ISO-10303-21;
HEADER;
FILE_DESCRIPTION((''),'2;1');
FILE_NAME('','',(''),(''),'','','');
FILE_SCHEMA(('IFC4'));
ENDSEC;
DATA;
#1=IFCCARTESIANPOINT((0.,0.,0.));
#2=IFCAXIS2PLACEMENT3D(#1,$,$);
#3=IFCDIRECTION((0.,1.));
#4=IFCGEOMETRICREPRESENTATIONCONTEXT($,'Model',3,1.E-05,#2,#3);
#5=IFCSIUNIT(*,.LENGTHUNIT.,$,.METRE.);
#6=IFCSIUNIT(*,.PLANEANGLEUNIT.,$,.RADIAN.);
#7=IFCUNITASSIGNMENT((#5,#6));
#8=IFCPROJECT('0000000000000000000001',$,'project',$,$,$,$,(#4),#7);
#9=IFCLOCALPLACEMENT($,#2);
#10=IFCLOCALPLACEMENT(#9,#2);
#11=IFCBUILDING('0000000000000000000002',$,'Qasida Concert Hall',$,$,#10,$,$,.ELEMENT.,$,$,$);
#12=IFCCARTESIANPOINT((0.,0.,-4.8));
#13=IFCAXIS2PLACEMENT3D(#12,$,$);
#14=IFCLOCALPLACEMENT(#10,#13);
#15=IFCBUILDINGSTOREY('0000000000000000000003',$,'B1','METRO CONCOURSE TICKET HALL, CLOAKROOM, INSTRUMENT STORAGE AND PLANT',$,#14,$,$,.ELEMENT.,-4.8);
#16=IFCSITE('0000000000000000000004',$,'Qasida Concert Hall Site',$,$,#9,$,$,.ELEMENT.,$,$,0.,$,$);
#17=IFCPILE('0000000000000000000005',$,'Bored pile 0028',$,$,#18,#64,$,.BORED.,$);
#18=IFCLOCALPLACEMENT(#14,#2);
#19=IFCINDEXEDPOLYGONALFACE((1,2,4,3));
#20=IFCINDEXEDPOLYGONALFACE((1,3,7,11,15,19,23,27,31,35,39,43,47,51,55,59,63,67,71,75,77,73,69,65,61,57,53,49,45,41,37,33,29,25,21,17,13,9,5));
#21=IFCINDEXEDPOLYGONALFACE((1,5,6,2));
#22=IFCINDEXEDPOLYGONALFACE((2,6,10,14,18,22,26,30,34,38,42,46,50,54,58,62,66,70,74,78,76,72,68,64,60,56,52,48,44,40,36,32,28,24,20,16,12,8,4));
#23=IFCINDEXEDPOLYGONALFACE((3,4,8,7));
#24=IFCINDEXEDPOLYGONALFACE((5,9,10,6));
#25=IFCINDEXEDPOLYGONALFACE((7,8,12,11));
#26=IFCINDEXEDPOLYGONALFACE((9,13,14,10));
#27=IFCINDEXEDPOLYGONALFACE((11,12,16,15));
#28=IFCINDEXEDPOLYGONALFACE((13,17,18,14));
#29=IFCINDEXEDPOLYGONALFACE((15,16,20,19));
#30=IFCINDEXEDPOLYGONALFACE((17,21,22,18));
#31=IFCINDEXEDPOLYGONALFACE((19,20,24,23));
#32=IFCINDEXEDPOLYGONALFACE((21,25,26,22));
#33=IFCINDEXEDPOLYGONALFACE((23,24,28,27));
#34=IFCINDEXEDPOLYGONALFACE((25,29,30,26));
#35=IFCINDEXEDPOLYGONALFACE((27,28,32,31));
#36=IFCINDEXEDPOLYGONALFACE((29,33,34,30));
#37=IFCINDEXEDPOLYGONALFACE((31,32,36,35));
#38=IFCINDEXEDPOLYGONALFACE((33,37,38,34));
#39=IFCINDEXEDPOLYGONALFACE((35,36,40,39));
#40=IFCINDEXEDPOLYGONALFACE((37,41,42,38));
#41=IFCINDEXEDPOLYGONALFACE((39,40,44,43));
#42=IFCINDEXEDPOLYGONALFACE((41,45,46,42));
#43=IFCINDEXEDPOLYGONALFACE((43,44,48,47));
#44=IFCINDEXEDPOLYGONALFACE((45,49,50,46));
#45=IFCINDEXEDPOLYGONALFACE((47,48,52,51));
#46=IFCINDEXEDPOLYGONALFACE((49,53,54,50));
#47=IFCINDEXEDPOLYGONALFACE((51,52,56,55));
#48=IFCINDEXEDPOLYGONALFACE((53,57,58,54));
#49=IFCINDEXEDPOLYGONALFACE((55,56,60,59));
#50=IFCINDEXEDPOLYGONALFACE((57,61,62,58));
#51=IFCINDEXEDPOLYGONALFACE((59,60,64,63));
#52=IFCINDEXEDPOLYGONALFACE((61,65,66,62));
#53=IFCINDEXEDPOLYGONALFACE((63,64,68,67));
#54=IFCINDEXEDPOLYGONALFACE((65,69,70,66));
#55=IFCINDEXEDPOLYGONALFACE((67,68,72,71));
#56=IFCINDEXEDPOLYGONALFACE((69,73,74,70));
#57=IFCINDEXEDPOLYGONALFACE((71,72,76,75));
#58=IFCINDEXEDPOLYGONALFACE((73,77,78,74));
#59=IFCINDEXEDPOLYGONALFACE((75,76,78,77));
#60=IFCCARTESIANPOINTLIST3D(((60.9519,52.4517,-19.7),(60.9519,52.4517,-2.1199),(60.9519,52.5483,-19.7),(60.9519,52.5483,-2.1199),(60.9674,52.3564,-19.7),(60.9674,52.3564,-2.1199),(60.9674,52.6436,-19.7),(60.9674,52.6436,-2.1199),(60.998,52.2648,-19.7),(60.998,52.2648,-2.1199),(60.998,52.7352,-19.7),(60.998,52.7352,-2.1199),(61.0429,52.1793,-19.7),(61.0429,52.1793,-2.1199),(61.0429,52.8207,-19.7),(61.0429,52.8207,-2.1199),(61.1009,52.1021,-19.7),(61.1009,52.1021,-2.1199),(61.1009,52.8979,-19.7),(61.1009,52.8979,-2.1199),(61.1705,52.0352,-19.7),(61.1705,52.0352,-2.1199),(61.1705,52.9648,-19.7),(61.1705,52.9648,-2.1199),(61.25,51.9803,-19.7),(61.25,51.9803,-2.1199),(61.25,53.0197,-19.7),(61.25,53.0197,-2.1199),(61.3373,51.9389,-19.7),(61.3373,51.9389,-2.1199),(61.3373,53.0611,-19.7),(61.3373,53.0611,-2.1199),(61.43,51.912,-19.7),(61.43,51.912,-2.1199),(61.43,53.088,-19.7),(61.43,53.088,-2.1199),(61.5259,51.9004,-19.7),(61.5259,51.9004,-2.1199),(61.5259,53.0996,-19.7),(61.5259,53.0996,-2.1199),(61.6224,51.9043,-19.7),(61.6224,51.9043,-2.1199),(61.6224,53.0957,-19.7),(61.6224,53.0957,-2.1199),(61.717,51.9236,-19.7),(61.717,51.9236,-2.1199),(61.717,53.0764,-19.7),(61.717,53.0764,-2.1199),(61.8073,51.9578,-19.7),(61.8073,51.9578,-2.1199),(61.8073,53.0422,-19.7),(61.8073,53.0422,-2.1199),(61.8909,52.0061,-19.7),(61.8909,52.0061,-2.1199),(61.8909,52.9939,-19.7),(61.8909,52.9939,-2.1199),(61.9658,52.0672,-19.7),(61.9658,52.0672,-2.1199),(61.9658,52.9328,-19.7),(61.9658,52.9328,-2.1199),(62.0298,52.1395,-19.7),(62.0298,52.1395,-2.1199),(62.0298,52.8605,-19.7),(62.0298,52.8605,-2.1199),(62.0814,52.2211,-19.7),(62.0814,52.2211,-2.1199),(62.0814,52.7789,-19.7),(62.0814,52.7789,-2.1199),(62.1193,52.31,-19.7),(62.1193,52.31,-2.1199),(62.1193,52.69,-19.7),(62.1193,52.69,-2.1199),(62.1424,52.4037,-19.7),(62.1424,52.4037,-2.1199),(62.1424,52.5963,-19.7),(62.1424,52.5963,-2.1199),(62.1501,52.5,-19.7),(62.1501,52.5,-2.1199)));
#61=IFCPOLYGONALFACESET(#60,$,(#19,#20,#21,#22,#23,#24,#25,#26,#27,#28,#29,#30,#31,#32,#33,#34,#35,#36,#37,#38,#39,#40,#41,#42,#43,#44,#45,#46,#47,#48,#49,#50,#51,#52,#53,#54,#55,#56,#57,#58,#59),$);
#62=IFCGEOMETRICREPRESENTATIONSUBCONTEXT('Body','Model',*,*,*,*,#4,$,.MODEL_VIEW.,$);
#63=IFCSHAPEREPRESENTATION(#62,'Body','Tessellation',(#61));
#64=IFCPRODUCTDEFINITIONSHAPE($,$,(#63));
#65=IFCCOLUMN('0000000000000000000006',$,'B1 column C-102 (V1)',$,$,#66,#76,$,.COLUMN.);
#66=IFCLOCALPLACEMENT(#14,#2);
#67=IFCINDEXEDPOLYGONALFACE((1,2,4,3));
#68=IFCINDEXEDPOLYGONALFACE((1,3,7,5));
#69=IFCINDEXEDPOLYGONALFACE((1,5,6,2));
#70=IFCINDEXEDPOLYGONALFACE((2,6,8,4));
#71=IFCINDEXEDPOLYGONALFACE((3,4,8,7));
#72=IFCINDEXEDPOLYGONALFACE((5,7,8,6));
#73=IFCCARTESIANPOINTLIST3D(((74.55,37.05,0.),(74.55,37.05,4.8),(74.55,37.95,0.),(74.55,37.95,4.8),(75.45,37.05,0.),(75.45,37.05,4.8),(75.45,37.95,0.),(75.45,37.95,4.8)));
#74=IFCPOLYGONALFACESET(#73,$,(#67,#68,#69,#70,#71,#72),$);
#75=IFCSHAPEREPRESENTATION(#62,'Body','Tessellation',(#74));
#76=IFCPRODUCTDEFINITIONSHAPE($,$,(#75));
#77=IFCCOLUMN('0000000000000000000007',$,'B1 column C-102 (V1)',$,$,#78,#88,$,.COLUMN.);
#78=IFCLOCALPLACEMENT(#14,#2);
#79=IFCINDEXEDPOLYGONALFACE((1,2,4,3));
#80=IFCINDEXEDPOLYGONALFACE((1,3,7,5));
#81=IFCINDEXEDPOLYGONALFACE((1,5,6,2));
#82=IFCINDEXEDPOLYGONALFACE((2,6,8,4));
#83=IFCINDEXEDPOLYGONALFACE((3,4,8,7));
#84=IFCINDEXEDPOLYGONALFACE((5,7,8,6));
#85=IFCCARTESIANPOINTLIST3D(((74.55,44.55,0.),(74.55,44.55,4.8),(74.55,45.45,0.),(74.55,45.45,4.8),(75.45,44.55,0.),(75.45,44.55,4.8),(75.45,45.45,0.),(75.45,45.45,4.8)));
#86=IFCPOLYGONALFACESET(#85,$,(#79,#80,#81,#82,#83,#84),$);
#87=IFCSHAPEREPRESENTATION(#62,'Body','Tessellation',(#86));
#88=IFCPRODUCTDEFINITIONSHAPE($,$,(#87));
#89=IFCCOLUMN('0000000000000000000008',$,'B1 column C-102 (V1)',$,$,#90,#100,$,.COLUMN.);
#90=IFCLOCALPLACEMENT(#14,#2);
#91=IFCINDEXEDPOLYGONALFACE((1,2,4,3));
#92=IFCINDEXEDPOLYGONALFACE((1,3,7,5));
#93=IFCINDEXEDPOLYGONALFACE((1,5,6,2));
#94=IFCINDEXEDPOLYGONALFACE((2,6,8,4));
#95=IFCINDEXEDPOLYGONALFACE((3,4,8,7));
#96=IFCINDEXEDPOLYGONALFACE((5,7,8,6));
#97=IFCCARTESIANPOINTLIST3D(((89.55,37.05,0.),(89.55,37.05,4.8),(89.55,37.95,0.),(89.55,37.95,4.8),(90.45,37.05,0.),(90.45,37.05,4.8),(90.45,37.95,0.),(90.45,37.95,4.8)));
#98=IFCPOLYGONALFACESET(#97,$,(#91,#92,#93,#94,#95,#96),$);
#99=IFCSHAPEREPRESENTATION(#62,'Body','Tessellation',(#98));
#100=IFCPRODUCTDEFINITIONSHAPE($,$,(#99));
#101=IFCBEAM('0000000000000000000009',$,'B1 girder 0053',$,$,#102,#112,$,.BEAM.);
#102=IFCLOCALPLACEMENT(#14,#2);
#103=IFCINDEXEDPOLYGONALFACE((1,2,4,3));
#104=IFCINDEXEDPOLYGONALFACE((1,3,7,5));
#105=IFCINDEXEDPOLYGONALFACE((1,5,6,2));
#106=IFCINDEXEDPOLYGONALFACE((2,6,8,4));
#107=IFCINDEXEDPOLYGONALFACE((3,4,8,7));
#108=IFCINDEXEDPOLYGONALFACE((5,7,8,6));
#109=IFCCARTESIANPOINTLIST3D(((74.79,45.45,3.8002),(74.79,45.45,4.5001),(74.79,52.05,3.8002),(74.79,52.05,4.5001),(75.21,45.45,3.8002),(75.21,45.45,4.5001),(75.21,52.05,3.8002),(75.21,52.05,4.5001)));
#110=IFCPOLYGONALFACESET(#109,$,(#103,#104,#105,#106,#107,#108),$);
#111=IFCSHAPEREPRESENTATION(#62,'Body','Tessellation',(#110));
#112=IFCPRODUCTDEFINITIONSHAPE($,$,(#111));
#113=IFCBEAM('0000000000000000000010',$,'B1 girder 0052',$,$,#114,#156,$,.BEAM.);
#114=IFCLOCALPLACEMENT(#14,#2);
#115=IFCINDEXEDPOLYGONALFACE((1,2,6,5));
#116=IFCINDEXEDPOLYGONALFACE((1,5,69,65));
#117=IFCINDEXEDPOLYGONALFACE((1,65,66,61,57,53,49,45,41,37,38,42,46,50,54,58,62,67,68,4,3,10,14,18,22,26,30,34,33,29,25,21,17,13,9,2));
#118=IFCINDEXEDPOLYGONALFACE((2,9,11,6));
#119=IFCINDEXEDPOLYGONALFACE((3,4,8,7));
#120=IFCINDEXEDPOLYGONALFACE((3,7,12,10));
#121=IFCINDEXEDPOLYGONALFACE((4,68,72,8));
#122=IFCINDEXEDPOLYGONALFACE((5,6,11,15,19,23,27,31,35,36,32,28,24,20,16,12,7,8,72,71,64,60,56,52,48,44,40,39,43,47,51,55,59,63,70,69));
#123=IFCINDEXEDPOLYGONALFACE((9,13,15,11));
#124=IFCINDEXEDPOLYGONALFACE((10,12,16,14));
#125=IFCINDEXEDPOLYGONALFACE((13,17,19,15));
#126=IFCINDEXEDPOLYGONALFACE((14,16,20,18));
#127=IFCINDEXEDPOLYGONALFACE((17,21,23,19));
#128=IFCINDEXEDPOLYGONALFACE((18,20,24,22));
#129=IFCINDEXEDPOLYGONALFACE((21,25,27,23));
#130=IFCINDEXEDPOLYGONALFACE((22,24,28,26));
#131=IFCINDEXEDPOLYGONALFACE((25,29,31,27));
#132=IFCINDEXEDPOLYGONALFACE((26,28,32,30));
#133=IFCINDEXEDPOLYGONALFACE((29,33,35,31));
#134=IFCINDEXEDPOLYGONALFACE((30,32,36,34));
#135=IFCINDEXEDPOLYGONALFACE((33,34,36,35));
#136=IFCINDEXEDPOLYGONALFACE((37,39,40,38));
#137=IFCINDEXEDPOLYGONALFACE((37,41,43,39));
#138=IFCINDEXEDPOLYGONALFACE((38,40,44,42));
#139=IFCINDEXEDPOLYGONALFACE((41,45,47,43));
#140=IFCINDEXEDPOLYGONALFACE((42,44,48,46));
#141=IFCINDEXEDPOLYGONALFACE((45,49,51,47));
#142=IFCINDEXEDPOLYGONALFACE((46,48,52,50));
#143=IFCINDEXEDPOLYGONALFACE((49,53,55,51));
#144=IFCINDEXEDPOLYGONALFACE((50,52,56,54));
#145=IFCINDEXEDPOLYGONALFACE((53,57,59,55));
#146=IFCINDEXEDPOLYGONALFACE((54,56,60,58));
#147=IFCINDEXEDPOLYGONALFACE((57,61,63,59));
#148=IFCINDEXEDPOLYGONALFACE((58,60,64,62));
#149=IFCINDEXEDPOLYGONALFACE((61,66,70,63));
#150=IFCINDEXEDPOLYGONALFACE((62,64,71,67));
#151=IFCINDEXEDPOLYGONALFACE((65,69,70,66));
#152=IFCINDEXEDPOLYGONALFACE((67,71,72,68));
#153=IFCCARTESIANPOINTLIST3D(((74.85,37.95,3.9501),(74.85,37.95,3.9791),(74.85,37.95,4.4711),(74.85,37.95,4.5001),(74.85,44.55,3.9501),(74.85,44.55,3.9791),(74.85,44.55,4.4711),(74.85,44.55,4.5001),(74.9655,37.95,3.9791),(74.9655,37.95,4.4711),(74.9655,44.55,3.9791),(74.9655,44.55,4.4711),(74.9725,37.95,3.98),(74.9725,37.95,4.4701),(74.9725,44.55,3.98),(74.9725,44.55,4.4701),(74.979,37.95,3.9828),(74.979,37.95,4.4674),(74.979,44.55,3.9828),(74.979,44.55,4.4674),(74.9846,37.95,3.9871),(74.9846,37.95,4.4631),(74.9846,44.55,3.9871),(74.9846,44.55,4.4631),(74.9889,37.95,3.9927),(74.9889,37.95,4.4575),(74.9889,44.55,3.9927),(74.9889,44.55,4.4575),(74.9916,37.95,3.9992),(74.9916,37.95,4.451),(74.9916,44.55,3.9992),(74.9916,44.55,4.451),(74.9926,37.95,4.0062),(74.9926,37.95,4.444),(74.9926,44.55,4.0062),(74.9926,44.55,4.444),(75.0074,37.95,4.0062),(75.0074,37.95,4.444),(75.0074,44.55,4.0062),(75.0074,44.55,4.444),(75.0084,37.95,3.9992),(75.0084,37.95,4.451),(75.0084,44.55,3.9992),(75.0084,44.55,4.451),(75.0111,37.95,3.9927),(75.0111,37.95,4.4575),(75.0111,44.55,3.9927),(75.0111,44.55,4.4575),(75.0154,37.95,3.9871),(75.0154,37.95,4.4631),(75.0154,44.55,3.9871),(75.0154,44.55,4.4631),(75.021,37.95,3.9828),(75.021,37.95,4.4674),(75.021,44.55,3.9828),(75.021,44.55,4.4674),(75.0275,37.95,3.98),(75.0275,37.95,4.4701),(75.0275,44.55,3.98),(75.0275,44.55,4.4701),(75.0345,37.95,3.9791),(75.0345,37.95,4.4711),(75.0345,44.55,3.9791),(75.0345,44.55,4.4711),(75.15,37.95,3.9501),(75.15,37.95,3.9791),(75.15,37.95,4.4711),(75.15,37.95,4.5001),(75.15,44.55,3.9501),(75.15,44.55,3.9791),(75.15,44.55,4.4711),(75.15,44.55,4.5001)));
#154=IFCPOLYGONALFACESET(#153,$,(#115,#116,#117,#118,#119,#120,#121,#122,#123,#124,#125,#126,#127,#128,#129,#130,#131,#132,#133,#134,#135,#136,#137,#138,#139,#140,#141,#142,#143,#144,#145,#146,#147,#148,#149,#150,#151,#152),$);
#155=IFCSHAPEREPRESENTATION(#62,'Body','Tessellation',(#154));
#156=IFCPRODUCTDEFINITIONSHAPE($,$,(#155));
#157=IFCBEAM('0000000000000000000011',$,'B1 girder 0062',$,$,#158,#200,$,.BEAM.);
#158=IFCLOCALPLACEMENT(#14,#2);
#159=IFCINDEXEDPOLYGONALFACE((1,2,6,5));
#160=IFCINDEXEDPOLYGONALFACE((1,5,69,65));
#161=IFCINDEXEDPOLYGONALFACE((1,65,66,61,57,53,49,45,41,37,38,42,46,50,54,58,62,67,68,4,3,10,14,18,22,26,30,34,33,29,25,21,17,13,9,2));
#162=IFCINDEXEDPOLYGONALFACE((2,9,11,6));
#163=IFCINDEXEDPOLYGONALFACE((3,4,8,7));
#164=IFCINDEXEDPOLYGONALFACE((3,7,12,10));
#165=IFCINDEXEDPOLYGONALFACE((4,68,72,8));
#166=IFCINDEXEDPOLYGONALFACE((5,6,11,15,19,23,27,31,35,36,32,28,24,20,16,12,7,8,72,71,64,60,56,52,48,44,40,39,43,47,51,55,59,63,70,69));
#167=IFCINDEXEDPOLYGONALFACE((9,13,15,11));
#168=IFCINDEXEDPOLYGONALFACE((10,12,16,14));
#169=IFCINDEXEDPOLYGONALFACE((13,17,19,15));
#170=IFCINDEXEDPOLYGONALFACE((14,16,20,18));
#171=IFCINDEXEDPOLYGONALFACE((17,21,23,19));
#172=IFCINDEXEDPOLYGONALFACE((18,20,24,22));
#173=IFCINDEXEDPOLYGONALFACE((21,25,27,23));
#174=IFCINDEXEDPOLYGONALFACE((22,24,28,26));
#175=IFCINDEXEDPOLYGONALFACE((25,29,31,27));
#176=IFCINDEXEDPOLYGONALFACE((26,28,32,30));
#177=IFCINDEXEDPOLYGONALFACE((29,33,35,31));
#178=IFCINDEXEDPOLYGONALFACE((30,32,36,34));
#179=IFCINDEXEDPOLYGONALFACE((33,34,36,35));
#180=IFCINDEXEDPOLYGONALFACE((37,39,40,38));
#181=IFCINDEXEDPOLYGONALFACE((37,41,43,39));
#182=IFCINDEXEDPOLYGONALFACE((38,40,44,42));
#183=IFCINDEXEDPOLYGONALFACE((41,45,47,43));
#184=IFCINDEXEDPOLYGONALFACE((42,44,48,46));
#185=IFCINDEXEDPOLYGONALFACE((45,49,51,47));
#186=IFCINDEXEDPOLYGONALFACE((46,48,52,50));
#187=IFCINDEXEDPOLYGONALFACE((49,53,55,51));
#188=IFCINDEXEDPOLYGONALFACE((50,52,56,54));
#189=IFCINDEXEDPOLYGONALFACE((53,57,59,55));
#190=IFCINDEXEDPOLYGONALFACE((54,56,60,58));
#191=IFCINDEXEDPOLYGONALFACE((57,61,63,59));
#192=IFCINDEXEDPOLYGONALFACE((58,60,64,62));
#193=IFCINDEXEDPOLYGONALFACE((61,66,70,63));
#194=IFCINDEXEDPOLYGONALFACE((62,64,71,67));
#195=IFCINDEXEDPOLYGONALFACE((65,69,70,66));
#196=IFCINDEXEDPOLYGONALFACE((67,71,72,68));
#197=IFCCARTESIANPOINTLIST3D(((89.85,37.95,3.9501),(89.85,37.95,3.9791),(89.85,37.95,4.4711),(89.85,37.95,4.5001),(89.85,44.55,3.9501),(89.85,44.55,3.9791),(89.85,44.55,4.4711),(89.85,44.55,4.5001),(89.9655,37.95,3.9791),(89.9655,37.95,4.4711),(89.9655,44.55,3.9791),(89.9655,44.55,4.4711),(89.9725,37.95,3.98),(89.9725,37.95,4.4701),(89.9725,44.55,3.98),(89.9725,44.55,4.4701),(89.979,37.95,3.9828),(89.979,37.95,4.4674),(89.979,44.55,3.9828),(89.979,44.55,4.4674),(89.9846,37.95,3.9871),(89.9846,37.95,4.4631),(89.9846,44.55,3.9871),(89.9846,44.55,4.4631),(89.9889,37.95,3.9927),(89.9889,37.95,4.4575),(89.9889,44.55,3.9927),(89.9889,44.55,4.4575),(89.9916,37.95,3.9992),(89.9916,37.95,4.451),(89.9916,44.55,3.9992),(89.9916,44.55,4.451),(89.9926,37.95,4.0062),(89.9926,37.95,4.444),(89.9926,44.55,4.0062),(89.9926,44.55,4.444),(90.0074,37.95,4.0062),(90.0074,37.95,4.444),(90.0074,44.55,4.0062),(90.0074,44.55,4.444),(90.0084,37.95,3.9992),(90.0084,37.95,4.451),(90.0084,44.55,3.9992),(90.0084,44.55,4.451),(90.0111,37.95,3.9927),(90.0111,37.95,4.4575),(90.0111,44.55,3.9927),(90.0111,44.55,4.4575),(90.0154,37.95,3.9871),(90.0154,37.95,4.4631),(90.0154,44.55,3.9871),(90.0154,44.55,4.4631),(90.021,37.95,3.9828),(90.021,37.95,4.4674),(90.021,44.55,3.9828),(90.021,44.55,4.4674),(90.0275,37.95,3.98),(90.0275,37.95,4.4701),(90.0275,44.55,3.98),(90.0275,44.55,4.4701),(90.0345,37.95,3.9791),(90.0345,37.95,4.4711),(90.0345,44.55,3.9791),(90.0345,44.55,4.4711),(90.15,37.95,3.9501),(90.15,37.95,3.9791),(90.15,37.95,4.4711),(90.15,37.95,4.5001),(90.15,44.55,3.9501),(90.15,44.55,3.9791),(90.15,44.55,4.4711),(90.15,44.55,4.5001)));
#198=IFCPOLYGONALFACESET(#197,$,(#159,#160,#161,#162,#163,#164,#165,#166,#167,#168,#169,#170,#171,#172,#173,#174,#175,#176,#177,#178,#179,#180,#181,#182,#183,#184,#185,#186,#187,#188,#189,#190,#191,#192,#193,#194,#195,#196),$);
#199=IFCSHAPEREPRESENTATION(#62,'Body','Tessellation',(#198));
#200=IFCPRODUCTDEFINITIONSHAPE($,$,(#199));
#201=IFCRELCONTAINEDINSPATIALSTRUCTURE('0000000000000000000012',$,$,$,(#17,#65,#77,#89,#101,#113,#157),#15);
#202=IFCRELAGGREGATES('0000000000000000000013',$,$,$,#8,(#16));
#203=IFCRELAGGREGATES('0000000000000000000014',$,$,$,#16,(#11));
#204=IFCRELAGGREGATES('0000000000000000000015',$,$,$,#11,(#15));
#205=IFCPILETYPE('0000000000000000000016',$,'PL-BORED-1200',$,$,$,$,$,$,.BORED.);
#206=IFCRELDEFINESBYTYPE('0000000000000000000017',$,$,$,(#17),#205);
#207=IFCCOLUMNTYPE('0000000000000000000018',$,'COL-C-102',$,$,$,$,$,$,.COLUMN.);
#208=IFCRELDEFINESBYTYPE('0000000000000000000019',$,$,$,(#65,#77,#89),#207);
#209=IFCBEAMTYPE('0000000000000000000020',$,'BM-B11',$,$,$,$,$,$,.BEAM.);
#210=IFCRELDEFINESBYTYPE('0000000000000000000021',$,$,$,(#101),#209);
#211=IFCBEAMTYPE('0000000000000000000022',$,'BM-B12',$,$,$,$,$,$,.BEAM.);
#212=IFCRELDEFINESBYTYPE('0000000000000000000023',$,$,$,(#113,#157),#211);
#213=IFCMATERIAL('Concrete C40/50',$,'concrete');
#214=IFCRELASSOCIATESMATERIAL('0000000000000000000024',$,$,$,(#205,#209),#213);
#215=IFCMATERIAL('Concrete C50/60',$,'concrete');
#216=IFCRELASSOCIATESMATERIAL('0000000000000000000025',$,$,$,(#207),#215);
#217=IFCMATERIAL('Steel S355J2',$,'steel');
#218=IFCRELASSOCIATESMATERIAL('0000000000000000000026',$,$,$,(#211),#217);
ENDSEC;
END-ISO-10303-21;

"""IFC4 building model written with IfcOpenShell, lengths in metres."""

from ifc_helpers import new_model, si_unit, direction, frame, origin, origin_2d, place, context, subcontext, project, spatial, rectangle, circle, i_section, extrude, material, material_profile, profile_set, type_object, element, save


model = new_model("IFC4")

# Units and contexts
model_context = context("Model", 3, precision=1e-05, world=origin(), true_north=direction((0.0, 1.0)))
body_context = subcontext(model_context, "Body", "Model", "MODEL_VIEW")
ifc_project = project(units=[si_unit("LENGTHUNIT", "METRE"), si_unit("PLANEANGLEUNIT", "RADIAN")], contexts=[model_context])

# Site, building, storey
site_placement = place(None, origin())
site = spatial("IfcSite", under=ifc_project, at=site_placement, Name="Qasida Concert Hall Site", CompositionType="ELEMENT", RefElevation=0.0)
building_placement = place(site_placement, origin())
building = spatial("IfcBuilding", under=site, at=building_placement, Name="Qasida Concert Hall", CompositionType="ELEMENT")
storey_placement = place(building_placement, frame((0.0, 0.0, -4.8)))
storey = spatial("IfcBuildingStorey", under=building, at=storey_placement, Name="B1", Description="METRO CONCOURSE TICKET HALL, CLOAKROOM, INSTRUMENT STORAGE AND PLANT", CompositionType="ELEMENT", Elevation=-4.8)

# Shared definitions
ifc_material_1 = material(Name="Concrete C40/50", Category="concrete")

# Pile
ifc_material_profile_1 = material_profile(ifc_material_1, circle(Radius=0.6001, at=origin_2d()), Name="BORED PILE D1200")
ifc_profile_set_1 = profile_set([ifc_material_profile_1], Name="Concrete C40/50")
pile_type_1 = type_object("IfcPileType", Name="PL-BORED-1200", PredefinedType="BORED", material=ifc_profile_set_1)
pile_1_placement = place(storey_placement, frame((61.55, 52.5, -2.1199), z_axis=(0.0, 0.0, -1.0), x_axis=(1.0, 0.0, 0.0)))
element("IfcPile", 1, at=pile_1_placement, inside=storey, type_object=pile_type_1, Name="Bored pile 0028", PredefinedType="BORED", context=body_context, shape_type="SweptSolid", body=[
    extrude(circle(Radius=0.6001, at=origin_2d()), origin(), (0.0, 0.0, 1.0), 17.5801),
])

# Columns
ifc_material_2 = material(Name="Concrete C50/60", Category="concrete")
ifc_material_profile_2 = material_profile(ifc_material_2, rectangle(XDim=0.8999, YDim=0.8999, at=origin_2d()), Name="RC 900x900")
ifc_profile_set_2 = profile_set([ifc_material_profile_2], Name="Concrete C50/60")
column_type = type_object("IfcColumnType", Name="COL-C-102", PredefinedType="COLUMN", material=ifc_profile_set_2)
for number, where, z_axis, x_axis, name in (
    (2, (75.0, 37.5, 0.0), (0.0, 0.0, 1.0), (1.0, 0.0, 0.0), "B1 column C-102 (V1)"),
    (3, (75.0, 45.0, 0.0), (0.0, 0.0, 1.0), (1.0, 0.0, 0.0), "B1 column C-102 (V1)"),
    (4, (90.0, 37.5, 0.0), (0.0, 0.0, 1.0), (1.0, 0.0, 0.0), "B1 column C-102 (V1)"),
):
    element("IfcColumn", number, at=place(storey_placement, frame(where, z_axis=z_axis, x_axis=x_axis)), inside=storey, type_object=column_type, Name=name, PredefinedType="COLUMN", context=body_context, shape_type="SweptSolid", body=[
        extrude(rectangle(XDim=0.8999, YDim=0.8999, at=origin_2d()), origin(), (0.0, 0.0, 1.0), 4.8),
    ])

# Beams
ifc_material_profile_3 = material_profile(ifc_material_1, rectangle(XDim=0.4199, YDim=0.7, at=origin_2d()), Name="RC 420x700")
ifc_profile_set_3 = profile_set([ifc_material_profile_3], Name="Concrete C40/50")
beam_type_1 = type_object("IfcBeamType", Name="BM-B11", PredefinedType="BEAM", material=ifc_profile_set_3)
beam_placement = place(storey_placement, frame((75.0, 45.45, 4.1501), z_axis=(0.0, 1.0, 0.0), x_axis=(-1.0, 0.0, 0.0)))
element("IfcBeam", 5, at=beam_placement, inside=storey, type_object=beam_type_1, Name="B1 girder 0053", PredefinedType="BEAM", context=body_context, shape_type="SweptSolid", body=[
    extrude(rectangle(XDim=0.4199, YDim=0.7, at=origin_2d()), origin(), (0.0, 0.0, 1.0), 6.6001),
])
ifc_material_3 = material(Name="Steel S355J2", Category="steel")
ifc_material_profile_4 = material_profile(ifc_material_3, i_section(OverallWidth=0.3, OverallDepth=0.55, WebThickness=0.0149, FlangeThickness=0.0291, FilletRadius=0.0271, at=origin_2d()), Name="HEB 550")
ifc_profile_set_4 = profile_set([ifc_material_profile_4], Name="Steel S355J2")
beam_type_2 = type_object("IfcBeamType", Name="BM-B12", PredefinedType="BEAM", material=ifc_profile_set_4)
for number, where, z_axis, x_axis, name in (
    (6, (75.0, 37.95, 4.2251), (0.0, 1.0, 0.0), (-1.0, 0.0, 0.0), "B1 girder 0052"),
    (7, (90.0, 37.95, 4.2251), (0.0, 1.0, 0.0), (-1.0, 0.0, 0.0), "B1 girder 0062"),
):
    element("IfcBeam", number, at=place(storey_placement, frame(where, z_axis=z_axis, x_axis=x_axis)), inside=storey, type_object=beam_type_2, Name=name, PredefinedType="BEAM", context=body_context, shape_type="SweptSolid", body=[
        extrude(i_section(OverallWidth=0.3, OverallDepth=0.55, WebThickness=0.0149, FlangeThickness=0.0291, FilletRadius=0.0271, at=origin_2d()), origin(), (0.0, 0.0, 1.0), 6.6001),
    ])

save(model, "model.ifc")
